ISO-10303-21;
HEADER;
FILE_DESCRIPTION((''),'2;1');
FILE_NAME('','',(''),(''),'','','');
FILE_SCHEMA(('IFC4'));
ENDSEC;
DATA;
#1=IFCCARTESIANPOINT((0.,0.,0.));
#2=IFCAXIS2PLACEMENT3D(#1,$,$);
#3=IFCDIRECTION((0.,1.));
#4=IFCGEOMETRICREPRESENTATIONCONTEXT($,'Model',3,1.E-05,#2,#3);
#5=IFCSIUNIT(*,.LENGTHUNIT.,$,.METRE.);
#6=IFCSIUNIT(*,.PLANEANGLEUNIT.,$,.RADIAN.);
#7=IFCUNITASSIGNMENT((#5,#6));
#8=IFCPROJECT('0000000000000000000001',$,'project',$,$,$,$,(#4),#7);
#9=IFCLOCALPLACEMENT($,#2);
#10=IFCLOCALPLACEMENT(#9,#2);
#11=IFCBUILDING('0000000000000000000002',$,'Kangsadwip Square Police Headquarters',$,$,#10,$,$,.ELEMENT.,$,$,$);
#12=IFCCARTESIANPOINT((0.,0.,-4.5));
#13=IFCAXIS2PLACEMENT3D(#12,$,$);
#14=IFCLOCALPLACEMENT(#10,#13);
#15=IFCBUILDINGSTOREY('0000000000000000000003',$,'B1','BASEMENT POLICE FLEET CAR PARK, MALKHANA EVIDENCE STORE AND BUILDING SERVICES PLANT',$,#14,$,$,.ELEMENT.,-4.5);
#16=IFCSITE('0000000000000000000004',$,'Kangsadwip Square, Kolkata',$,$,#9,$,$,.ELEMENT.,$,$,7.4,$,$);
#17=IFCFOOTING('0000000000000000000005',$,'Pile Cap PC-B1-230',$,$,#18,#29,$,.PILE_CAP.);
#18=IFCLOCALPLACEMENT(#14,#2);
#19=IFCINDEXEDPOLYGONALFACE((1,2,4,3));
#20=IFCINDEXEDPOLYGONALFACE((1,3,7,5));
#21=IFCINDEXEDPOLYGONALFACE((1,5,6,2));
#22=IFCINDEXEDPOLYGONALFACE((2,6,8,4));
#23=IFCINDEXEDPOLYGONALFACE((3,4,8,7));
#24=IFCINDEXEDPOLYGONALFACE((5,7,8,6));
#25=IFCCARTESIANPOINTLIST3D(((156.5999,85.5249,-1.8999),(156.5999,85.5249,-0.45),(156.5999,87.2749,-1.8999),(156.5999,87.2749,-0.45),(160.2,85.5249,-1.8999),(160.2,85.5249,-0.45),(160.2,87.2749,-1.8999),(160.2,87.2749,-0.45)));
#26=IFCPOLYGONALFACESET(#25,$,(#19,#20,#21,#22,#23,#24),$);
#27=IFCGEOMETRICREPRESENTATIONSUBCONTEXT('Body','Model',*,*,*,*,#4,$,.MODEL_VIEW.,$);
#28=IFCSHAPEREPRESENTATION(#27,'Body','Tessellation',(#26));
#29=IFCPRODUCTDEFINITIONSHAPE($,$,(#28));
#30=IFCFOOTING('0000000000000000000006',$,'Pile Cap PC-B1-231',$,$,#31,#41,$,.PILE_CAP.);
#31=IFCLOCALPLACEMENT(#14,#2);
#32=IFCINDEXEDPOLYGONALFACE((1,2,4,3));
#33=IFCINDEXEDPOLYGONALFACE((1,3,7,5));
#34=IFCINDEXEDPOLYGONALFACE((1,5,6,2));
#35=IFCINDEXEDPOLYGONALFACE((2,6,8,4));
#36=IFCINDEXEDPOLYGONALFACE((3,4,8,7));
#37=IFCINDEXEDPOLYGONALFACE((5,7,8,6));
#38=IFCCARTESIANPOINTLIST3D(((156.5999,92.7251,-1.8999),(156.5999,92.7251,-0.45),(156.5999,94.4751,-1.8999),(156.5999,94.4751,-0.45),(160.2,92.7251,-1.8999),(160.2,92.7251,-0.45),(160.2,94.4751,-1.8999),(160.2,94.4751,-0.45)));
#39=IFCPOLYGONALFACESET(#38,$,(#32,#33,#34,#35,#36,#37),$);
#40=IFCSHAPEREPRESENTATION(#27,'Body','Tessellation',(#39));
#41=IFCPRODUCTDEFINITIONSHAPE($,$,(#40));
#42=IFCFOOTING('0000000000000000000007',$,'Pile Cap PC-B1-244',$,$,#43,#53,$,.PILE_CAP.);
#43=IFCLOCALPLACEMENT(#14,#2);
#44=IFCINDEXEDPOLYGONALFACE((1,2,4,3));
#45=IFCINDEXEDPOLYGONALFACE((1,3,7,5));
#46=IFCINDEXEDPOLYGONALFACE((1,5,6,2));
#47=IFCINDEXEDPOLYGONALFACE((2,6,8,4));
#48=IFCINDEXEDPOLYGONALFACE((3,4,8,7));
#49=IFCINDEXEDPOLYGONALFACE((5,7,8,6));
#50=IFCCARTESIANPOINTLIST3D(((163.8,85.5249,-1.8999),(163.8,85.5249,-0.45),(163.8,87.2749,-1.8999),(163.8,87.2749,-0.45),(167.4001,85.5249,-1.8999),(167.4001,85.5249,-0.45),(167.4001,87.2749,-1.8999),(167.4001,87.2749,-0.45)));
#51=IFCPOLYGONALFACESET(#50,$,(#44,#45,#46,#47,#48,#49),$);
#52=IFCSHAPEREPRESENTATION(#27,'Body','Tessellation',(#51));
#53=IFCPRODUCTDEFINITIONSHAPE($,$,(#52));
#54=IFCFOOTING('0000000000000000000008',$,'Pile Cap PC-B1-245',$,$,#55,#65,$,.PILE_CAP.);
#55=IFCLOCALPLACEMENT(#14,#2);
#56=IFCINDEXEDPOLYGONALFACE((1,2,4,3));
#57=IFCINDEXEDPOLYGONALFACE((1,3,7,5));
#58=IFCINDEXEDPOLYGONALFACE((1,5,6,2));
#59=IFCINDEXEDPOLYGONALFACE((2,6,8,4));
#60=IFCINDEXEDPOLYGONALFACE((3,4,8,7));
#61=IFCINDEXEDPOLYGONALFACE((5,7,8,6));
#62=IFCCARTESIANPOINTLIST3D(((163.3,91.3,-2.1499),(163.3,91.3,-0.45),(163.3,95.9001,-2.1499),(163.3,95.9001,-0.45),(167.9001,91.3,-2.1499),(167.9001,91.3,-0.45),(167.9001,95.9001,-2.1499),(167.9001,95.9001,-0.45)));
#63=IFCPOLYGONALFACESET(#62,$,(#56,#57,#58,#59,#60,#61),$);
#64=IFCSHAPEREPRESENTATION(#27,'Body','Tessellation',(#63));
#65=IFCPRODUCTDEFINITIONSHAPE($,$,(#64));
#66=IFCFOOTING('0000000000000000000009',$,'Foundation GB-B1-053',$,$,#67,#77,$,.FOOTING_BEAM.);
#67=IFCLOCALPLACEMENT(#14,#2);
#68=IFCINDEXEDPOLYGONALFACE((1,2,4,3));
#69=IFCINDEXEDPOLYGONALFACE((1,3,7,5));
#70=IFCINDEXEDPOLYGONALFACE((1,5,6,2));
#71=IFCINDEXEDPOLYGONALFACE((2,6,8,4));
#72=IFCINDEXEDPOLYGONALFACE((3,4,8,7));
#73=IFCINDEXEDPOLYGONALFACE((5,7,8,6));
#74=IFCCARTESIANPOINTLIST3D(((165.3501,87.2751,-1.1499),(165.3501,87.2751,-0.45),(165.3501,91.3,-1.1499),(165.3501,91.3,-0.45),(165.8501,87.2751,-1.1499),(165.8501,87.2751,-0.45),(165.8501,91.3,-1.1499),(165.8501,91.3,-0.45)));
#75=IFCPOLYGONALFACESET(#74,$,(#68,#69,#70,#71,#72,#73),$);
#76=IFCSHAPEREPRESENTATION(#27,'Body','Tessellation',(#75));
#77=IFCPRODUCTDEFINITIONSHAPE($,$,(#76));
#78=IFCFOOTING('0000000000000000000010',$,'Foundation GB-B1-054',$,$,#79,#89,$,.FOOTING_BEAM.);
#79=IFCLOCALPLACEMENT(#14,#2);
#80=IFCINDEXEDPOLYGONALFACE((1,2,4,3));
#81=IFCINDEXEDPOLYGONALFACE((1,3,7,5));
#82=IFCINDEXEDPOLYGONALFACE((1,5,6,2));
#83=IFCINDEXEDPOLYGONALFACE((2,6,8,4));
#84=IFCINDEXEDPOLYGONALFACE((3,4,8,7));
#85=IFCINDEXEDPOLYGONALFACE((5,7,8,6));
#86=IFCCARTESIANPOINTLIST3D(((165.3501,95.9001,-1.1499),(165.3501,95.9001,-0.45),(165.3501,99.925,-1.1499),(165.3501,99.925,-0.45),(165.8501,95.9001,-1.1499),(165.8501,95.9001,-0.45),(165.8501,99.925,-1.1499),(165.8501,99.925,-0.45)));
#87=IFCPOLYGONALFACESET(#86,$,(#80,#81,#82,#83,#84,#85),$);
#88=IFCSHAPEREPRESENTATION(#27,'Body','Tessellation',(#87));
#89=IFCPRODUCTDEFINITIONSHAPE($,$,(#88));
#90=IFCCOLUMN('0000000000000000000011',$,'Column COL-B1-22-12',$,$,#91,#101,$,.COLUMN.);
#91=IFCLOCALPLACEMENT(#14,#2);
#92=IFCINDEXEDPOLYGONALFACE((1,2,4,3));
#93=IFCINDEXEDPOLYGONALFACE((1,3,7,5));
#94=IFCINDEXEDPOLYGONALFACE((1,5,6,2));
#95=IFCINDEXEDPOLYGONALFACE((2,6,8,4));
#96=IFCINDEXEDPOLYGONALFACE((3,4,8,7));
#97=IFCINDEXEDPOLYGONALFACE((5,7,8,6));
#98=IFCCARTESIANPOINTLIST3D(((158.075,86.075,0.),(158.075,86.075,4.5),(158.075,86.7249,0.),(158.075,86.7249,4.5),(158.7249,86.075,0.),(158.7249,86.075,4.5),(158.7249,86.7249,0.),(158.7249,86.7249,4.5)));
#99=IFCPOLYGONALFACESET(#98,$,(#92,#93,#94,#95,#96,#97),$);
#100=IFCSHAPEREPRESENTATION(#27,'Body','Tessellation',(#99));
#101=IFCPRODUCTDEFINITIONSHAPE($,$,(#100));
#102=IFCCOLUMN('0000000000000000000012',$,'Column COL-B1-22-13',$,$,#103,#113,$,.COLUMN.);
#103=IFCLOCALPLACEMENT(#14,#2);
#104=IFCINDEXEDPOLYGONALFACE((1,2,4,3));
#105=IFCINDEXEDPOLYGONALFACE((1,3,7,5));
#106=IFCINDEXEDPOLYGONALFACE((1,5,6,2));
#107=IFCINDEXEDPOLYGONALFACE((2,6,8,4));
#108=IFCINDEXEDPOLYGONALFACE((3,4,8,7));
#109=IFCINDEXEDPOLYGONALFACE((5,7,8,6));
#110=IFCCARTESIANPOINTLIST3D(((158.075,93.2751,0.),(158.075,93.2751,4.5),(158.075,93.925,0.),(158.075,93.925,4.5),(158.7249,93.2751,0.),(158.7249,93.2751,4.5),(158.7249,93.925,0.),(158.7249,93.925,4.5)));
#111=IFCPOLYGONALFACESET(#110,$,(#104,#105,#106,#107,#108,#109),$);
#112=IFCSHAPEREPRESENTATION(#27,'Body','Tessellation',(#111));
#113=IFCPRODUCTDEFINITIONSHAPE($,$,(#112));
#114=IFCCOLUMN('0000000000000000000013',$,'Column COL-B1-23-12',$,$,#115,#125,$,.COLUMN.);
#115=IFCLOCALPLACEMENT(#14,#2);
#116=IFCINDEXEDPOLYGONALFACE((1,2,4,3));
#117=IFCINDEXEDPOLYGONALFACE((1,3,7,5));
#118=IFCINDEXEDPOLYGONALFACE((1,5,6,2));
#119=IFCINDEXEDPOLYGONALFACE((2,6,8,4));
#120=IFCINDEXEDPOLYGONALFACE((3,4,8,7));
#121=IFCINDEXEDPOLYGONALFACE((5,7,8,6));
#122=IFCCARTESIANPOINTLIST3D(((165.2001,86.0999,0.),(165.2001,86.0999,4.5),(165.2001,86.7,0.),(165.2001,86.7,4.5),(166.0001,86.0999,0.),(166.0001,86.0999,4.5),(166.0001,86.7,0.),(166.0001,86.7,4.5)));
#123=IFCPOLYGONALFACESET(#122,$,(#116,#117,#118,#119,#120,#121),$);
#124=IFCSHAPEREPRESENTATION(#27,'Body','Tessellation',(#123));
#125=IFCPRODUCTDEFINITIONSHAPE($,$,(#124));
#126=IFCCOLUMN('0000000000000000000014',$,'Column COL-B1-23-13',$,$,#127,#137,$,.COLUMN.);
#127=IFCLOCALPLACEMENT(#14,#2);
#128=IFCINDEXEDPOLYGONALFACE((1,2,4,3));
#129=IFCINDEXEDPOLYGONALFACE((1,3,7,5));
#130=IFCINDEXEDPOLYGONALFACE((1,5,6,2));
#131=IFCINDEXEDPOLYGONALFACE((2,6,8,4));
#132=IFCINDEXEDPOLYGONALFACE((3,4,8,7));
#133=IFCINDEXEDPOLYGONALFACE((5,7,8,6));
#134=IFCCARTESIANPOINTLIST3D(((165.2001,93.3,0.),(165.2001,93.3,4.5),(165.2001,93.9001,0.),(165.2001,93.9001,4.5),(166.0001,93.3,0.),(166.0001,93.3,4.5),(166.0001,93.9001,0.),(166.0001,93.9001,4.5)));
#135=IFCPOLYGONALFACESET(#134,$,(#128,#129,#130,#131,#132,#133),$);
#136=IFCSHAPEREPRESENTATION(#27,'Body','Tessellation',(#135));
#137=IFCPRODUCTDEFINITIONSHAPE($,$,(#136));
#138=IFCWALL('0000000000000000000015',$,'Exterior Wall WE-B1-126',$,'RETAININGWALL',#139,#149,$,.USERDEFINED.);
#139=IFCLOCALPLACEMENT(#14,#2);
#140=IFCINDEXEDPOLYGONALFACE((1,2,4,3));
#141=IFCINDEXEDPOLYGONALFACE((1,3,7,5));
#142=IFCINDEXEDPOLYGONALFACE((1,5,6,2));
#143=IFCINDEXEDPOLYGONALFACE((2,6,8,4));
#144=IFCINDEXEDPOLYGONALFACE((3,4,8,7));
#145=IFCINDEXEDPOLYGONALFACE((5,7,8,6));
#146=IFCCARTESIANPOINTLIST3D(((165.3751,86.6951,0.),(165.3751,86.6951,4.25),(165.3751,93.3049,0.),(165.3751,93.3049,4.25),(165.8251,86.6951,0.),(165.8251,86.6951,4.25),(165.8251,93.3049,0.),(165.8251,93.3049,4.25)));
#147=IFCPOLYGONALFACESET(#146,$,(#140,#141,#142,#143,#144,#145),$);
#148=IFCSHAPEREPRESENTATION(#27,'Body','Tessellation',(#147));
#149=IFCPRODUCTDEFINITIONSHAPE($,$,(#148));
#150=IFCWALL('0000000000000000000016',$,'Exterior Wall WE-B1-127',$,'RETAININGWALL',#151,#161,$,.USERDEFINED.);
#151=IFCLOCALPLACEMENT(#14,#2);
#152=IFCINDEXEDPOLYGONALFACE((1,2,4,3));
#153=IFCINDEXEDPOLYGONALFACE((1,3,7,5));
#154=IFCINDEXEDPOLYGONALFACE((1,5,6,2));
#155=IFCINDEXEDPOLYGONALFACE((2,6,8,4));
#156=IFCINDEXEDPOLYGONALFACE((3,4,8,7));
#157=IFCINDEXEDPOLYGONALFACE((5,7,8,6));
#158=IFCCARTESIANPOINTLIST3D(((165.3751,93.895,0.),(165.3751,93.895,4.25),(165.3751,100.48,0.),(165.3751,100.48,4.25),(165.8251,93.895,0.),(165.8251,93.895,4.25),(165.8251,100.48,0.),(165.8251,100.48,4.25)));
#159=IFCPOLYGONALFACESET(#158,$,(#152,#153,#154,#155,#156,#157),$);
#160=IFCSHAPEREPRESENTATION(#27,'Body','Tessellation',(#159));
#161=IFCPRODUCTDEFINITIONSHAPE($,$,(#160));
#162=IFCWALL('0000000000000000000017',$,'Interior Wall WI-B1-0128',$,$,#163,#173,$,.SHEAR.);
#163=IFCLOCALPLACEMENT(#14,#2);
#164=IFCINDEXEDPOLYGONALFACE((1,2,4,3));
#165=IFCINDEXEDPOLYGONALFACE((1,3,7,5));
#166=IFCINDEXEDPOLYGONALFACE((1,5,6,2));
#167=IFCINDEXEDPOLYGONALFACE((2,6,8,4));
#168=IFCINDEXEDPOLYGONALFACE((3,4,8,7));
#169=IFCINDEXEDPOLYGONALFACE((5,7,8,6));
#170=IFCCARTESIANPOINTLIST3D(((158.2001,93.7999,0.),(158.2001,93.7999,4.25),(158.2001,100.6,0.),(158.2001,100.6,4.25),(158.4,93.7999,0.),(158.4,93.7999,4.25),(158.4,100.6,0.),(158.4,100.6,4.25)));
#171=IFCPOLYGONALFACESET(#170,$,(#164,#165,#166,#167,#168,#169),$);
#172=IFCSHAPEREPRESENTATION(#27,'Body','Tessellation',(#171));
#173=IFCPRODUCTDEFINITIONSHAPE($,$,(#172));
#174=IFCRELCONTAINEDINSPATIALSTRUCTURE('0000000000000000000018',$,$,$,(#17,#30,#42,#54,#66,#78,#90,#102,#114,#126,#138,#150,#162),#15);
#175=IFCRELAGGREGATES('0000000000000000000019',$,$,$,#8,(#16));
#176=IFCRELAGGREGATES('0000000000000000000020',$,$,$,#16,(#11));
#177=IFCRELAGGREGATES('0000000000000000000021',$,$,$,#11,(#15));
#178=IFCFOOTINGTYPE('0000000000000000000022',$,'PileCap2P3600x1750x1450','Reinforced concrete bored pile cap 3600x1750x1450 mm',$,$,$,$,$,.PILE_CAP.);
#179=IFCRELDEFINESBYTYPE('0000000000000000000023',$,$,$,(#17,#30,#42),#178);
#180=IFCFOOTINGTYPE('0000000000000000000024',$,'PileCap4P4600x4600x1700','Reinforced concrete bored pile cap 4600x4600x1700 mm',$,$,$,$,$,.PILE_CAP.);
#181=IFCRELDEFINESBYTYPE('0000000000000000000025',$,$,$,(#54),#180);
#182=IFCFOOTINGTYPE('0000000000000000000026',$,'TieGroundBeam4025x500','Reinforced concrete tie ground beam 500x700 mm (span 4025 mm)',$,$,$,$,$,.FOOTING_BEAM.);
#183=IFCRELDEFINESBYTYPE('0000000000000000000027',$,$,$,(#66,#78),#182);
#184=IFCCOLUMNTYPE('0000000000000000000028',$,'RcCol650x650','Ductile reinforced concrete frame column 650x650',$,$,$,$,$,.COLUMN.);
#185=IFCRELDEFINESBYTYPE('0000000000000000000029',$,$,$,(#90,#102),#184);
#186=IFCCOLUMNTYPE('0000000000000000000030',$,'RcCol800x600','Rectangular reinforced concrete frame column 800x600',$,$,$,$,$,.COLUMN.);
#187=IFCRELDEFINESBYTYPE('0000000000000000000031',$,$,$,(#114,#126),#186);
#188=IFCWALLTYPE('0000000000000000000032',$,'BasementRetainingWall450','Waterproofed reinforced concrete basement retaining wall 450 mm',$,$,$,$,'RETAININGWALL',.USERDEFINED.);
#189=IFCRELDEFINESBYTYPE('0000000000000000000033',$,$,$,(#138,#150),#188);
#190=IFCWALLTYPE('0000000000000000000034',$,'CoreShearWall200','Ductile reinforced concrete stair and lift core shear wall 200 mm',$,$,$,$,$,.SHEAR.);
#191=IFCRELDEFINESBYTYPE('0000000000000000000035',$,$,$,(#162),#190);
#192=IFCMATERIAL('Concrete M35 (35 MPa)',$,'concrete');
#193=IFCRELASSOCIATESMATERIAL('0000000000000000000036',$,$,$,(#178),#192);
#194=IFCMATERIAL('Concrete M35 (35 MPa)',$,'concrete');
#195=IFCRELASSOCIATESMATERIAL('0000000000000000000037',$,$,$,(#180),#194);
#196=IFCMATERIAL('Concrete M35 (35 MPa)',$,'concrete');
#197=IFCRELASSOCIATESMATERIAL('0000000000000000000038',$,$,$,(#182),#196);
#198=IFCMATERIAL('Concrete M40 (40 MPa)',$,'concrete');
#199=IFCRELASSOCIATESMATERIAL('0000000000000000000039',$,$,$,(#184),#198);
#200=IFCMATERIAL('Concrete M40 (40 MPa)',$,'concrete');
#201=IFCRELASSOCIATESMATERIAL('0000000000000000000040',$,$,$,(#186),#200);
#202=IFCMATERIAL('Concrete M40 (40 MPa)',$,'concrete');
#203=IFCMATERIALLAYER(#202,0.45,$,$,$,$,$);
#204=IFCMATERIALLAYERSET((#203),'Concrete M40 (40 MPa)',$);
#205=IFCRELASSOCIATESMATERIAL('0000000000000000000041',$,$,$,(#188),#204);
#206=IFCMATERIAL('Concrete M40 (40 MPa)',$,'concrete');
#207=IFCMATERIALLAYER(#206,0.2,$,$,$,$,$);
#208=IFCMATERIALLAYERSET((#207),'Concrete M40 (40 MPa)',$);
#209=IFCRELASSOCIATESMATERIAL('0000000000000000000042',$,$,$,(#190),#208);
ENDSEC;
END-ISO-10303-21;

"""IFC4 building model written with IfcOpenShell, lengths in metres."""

from ifc_helpers import new_model, si_unit, direction, frame, frame_2d, origin, origin_2d, place, context, subcontext, project, spatial, rectangle, extrude, material, layer, layer_set, material_profile, profile_set, type_object, element, save


model = new_model("IFC4")

# Units and contexts
model_context = context("Model", 3, precision=1e-05, world=origin(), true_north=direction((0.0, 1.0)))
body_context = subcontext(model_context, "Body", "Model", "MODEL_VIEW")
ifc_project = project(units=[si_unit("LENGTHUNIT", "METRE"), si_unit("PLANEANGLEUNIT", "RADIAN")], contexts=[model_context])

# Site, building, storey
site_placement = place(None, origin())
site = spatial("IfcSite", under=ifc_project, at=site_placement, Name="Kangsadwip Square, Kolkata", CompositionType="ELEMENT", RefElevation=7.4)
building_placement = place(site_placement, origin())
building = spatial("IfcBuilding", under=site, at=building_placement, Name="Kangsadwip Square Police Headquarters", CompositionType="ELEMENT")
storey_placement = place(building_placement, frame((0.0, 0.0, -4.5)))
storey = spatial("IfcBuildingStorey", under=building, at=storey_placement, Name="B1", Description="BASEMENT POLICE FLEET CAR PARK, MALKHANA EVIDENCE STORE AND BUILDING SERVICES PLANT", CompositionType="ELEMENT", Elevation=-4.5)

# Footings
ifc_material_1 = material(Name="Concrete M35 (35 MPa)", Category="concrete")
footing_type_1 = type_object("IfcFootingType", Name="PileCap2P3600x1750x1450", Description="Reinforced concrete bored pile cap 3600x1750x1450 mm", PredefinedType="PILE_CAP", material=ifc_material_1)
for number, where, z_axis, x_axis, name in (
    (1, (158.3999, 86.3999, -1.8999), (0.0, 0.0, 1.0), (1.0, 0.0, 0.0), "Pile Cap PC-B1-230"),
    (2, (158.3999, 93.6001, -1.8999), (0.0, 0.0, 1.0), (1.0, 0.0, 0.0), "Pile Cap PC-B1-231"),
    (3, (165.6001, 86.3999, -1.8999), (0.0, 0.0, 1.0), (1.0, 0.0, 0.0), "Pile Cap PC-B1-244"),
):
    element("IfcFooting", number, at=place(storey_placement, frame(where, z_axis=z_axis, x_axis=x_axis)), inside=storey, type_object=footing_type_1, Name=name, PredefinedType="PILE_CAP", context=body_context, shape_type="SweptSolid", body=[
        extrude(rectangle(XDim=3.6001, YDim=1.75, at=origin_2d()), origin(), (0.0, 0.0, 1.0), 1.45),
    ])
ifc_material_2 = material(Name="Concrete M35 (35 MPa)", Category="concrete")
footing_type_2 = type_object("IfcFootingType", Name="PileCap4P4600x4600x1700", Description="Reinforced concrete bored pile cap 4600x4600x1700 mm", PredefinedType="PILE_CAP", material=ifc_material_2)
footing_placement = place(storey_placement, frame((165.6001, 93.6001, -2.1499), z_axis=(0.0, 0.0, 1.0), x_axis=(1.0, 0.0, 0.0)))
element("IfcFooting", 4, at=footing_placement, inside=storey, type_object=footing_type_2, Name="Pile Cap PC-B1-245", PredefinedType="PILE_CAP", context=body_context, shape_type="SweptSolid", body=[
    extrude(rectangle(XDim=4.6001, YDim=4.6001, at=origin_2d()), origin(), (0.0, 0.0, 1.0), 1.7),
])
ifc_material_3 = material(Name="Concrete M35 (35 MPa)", Category="concrete")
footing_type_3 = type_object("IfcFootingType", Name="TieGroundBeam4025x500", Description="Reinforced concrete tie ground beam 500x700 mm (span 4025 mm)", PredefinedType="FOOTING_BEAM", material=ifc_material_3)
for number, where, z_axis, x_axis, name in (
    (5, (165.6001, 89.2876, -1.1499), (0.0, 0.0, 1.0), (0.0, 1.0, 0.0), "Foundation GB-B1-053"),
    (6, (165.6001, 97.9126, -1.1499), (0.0, 0.0, 1.0), (0.0, 1.0, 0.0), "Foundation GB-B1-054"),
):
    element("IfcFooting", number, at=place(storey_placement, frame(where, z_axis=z_axis, x_axis=x_axis)), inside=storey, type_object=footing_type_3, Name=name, PredefinedType="FOOTING_BEAM", context=body_context, shape_type="SweptSolid", body=[
        extrude(rectangle(XDim=4.0249, YDim=0.5, at=origin_2d()), origin(), (0.0, 0.0, 1.0), 0.7),
    ])

# Columns
ifc_material_4 = material(Name="Concrete M40 (40 MPa)", Category="concrete")
ifc_material_profile_1 = material_profile(ifc_material_4, rectangle(XDim=0.6499, YDim=0.6499, at=origin_2d()), Name="RC COL 650X650")
ifc_profile_set_1 = profile_set([ifc_material_profile_1], Name="Concrete M40 (40 MPa)")
column_type_1 = type_object("IfcColumnType", Name="RcCol650x650", Description="Ductile reinforced concrete frame column 650x650", PredefinedType="COLUMN", material=ifc_profile_set_1)
for number, where, z_axis, x_axis, name in (
    (7, (158.3999, 86.3999, 0.0), (0.0, 0.0, 1.0), (1.0, 0.0, 0.0), "Column COL-B1-22-12"),
    (8, (158.3999, 93.6001, 0.0), (0.0, 0.0, 1.0), (1.0, 0.0, 0.0), "Column COL-B1-22-13"),
):
    element("IfcColumn", number, at=place(storey_placement, frame(where, z_axis=z_axis, x_axis=x_axis)), inside=storey, type_object=column_type_1, Name=name, PredefinedType="COLUMN", context=body_context, shape_type="SweptSolid", body=[
        extrude(rectangle(XDim=0.6499, YDim=0.6499, at=origin_2d()), origin(), (0.0, 0.0, 1.0), 4.5),
    ])
ifc_material_5 = material(Name="Concrete M40 (40 MPa)", Category="concrete")
ifc_material_profile_2 = material_profile(ifc_material_5, rectangle(XDim=0.6001, YDim=0.8, at=origin_2d()), Name="RC COL 800X600")
ifc_profile_set_2 = profile_set([ifc_material_profile_2], Name="Concrete M40 (40 MPa)")
column_type_2 = type_object("IfcColumnType", Name="RcCol800x600", Description="Rectangular reinforced concrete frame column 800x600", PredefinedType="COLUMN", material=ifc_profile_set_2)
for number, where, z_axis, x_axis, name in (
    (9, (165.6001, 86.3999, 0.0), (0.0, 0.0, 1.0), (0.0, 1.0, 0.0), "Column COL-B1-23-12"),
    (10, (165.6001, 93.6001, 0.0), (0.0, 0.0, 1.0), (0.0, 1.0, 0.0), "Column COL-B1-23-13"),
):
    element("IfcColumn", number, at=place(storey_placement, frame(where, z_axis=z_axis, x_axis=x_axis)), inside=storey, type_object=column_type_2, Name=name, PredefinedType="COLUMN", context=body_context, shape_type="SweptSolid", body=[
        extrude(rectangle(XDim=0.6001, YDim=0.8, at=origin_2d()), origin(), (0.0, 0.0, 1.0), 4.5),
    ])

# Walls
ifc_material_6 = material(Name="Concrete M40 (40 MPa)", Category="concrete")
ifc_layer_1 = layer(ifc_material_6, 0.45)
ifc_layer_set_1 = layer_set([ifc_layer_1], Name="Concrete M40 (40 MPa)")
wall_type_1 = type_object("IfcWallType", Name="BasementRetainingWall450", Description="Waterproofed reinforced concrete basement retaining wall 450 mm", ElementType="RETAININGWALL", PredefinedType="USERDEFINED", material=ifc_layer_set_1)
wall_1_placement = place(storey_placement, frame((165.6001, 86.6951, 0.0), z_axis=(0.0, 0.0, 1.0), x_axis=(0.0, 1.0, 0.0)))
element("IfcWall", 11, at=wall_1_placement, inside=storey, type_object=wall_type_1, Name="Exterior Wall WE-B1-126", ObjectType="RETAININGWALL", PredefinedType="USERDEFINED", context=body_context, shape_type="SweptSolid", body=[
    extrude(rectangle(XDim=6.6099, YDim=0.45, at=frame_2d((3.3049, 0.0))), origin(), (0.0, 0.0, 1.0), 4.25),
])
wall_2_placement = place(storey_placement, frame((165.6001, 93.895, 0.0), z_axis=(0.0, 0.0, 1.0), x_axis=(0.0, 1.0, 0.0)))
element("IfcWall", 12, at=wall_2_placement, inside=storey, type_object=wall_type_1, Name="Exterior Wall WE-B1-127", ObjectType="RETAININGWALL", PredefinedType="USERDEFINED", context=body_context, shape_type="SweptSolid", body=[
    extrude(rectangle(XDim=6.585, YDim=0.45, at=frame_2d((3.2925, 0.0))), origin(), (0.0, 0.0, 1.0), 4.25),
])
ifc_material_7 = material(Name="Concrete M40 (40 MPa)", Category="concrete")
ifc_layer_2 = layer(ifc_material_7, 0.2)
ifc_layer_set_2 = layer_set([ifc_layer_2], Name="Concrete M40 (40 MPa)")
wall_type_2 = type_object("IfcWallType", Name="CoreShearWall200", Description="Ductile reinforced concrete stair and lift core shear wall 200 mm", PredefinedType="SHEAR", material=ifc_layer_set_2)
wall_3_placement = place(storey_placement, frame((158.3, 93.8, 0.0), z_axis=(0.0, 0.0, 1.0), x_axis=(0.0, 1.0, 0.0)))
element("IfcWall", 13, at=wall_3_placement, inside=storey, type_object=wall_type_2, Name="Interior Wall WI-B1-0128", PredefinedType="SHEAR", context=body_context, shape_type="SweptSolid", body=[
    extrude(rectangle(XDim=6.8, YDim=0.2, at=frame_2d((3.3999, 0.0))), origin(), (0.0, 0.0, 1.0), 4.25),
])

save(model, "model.ifc")
